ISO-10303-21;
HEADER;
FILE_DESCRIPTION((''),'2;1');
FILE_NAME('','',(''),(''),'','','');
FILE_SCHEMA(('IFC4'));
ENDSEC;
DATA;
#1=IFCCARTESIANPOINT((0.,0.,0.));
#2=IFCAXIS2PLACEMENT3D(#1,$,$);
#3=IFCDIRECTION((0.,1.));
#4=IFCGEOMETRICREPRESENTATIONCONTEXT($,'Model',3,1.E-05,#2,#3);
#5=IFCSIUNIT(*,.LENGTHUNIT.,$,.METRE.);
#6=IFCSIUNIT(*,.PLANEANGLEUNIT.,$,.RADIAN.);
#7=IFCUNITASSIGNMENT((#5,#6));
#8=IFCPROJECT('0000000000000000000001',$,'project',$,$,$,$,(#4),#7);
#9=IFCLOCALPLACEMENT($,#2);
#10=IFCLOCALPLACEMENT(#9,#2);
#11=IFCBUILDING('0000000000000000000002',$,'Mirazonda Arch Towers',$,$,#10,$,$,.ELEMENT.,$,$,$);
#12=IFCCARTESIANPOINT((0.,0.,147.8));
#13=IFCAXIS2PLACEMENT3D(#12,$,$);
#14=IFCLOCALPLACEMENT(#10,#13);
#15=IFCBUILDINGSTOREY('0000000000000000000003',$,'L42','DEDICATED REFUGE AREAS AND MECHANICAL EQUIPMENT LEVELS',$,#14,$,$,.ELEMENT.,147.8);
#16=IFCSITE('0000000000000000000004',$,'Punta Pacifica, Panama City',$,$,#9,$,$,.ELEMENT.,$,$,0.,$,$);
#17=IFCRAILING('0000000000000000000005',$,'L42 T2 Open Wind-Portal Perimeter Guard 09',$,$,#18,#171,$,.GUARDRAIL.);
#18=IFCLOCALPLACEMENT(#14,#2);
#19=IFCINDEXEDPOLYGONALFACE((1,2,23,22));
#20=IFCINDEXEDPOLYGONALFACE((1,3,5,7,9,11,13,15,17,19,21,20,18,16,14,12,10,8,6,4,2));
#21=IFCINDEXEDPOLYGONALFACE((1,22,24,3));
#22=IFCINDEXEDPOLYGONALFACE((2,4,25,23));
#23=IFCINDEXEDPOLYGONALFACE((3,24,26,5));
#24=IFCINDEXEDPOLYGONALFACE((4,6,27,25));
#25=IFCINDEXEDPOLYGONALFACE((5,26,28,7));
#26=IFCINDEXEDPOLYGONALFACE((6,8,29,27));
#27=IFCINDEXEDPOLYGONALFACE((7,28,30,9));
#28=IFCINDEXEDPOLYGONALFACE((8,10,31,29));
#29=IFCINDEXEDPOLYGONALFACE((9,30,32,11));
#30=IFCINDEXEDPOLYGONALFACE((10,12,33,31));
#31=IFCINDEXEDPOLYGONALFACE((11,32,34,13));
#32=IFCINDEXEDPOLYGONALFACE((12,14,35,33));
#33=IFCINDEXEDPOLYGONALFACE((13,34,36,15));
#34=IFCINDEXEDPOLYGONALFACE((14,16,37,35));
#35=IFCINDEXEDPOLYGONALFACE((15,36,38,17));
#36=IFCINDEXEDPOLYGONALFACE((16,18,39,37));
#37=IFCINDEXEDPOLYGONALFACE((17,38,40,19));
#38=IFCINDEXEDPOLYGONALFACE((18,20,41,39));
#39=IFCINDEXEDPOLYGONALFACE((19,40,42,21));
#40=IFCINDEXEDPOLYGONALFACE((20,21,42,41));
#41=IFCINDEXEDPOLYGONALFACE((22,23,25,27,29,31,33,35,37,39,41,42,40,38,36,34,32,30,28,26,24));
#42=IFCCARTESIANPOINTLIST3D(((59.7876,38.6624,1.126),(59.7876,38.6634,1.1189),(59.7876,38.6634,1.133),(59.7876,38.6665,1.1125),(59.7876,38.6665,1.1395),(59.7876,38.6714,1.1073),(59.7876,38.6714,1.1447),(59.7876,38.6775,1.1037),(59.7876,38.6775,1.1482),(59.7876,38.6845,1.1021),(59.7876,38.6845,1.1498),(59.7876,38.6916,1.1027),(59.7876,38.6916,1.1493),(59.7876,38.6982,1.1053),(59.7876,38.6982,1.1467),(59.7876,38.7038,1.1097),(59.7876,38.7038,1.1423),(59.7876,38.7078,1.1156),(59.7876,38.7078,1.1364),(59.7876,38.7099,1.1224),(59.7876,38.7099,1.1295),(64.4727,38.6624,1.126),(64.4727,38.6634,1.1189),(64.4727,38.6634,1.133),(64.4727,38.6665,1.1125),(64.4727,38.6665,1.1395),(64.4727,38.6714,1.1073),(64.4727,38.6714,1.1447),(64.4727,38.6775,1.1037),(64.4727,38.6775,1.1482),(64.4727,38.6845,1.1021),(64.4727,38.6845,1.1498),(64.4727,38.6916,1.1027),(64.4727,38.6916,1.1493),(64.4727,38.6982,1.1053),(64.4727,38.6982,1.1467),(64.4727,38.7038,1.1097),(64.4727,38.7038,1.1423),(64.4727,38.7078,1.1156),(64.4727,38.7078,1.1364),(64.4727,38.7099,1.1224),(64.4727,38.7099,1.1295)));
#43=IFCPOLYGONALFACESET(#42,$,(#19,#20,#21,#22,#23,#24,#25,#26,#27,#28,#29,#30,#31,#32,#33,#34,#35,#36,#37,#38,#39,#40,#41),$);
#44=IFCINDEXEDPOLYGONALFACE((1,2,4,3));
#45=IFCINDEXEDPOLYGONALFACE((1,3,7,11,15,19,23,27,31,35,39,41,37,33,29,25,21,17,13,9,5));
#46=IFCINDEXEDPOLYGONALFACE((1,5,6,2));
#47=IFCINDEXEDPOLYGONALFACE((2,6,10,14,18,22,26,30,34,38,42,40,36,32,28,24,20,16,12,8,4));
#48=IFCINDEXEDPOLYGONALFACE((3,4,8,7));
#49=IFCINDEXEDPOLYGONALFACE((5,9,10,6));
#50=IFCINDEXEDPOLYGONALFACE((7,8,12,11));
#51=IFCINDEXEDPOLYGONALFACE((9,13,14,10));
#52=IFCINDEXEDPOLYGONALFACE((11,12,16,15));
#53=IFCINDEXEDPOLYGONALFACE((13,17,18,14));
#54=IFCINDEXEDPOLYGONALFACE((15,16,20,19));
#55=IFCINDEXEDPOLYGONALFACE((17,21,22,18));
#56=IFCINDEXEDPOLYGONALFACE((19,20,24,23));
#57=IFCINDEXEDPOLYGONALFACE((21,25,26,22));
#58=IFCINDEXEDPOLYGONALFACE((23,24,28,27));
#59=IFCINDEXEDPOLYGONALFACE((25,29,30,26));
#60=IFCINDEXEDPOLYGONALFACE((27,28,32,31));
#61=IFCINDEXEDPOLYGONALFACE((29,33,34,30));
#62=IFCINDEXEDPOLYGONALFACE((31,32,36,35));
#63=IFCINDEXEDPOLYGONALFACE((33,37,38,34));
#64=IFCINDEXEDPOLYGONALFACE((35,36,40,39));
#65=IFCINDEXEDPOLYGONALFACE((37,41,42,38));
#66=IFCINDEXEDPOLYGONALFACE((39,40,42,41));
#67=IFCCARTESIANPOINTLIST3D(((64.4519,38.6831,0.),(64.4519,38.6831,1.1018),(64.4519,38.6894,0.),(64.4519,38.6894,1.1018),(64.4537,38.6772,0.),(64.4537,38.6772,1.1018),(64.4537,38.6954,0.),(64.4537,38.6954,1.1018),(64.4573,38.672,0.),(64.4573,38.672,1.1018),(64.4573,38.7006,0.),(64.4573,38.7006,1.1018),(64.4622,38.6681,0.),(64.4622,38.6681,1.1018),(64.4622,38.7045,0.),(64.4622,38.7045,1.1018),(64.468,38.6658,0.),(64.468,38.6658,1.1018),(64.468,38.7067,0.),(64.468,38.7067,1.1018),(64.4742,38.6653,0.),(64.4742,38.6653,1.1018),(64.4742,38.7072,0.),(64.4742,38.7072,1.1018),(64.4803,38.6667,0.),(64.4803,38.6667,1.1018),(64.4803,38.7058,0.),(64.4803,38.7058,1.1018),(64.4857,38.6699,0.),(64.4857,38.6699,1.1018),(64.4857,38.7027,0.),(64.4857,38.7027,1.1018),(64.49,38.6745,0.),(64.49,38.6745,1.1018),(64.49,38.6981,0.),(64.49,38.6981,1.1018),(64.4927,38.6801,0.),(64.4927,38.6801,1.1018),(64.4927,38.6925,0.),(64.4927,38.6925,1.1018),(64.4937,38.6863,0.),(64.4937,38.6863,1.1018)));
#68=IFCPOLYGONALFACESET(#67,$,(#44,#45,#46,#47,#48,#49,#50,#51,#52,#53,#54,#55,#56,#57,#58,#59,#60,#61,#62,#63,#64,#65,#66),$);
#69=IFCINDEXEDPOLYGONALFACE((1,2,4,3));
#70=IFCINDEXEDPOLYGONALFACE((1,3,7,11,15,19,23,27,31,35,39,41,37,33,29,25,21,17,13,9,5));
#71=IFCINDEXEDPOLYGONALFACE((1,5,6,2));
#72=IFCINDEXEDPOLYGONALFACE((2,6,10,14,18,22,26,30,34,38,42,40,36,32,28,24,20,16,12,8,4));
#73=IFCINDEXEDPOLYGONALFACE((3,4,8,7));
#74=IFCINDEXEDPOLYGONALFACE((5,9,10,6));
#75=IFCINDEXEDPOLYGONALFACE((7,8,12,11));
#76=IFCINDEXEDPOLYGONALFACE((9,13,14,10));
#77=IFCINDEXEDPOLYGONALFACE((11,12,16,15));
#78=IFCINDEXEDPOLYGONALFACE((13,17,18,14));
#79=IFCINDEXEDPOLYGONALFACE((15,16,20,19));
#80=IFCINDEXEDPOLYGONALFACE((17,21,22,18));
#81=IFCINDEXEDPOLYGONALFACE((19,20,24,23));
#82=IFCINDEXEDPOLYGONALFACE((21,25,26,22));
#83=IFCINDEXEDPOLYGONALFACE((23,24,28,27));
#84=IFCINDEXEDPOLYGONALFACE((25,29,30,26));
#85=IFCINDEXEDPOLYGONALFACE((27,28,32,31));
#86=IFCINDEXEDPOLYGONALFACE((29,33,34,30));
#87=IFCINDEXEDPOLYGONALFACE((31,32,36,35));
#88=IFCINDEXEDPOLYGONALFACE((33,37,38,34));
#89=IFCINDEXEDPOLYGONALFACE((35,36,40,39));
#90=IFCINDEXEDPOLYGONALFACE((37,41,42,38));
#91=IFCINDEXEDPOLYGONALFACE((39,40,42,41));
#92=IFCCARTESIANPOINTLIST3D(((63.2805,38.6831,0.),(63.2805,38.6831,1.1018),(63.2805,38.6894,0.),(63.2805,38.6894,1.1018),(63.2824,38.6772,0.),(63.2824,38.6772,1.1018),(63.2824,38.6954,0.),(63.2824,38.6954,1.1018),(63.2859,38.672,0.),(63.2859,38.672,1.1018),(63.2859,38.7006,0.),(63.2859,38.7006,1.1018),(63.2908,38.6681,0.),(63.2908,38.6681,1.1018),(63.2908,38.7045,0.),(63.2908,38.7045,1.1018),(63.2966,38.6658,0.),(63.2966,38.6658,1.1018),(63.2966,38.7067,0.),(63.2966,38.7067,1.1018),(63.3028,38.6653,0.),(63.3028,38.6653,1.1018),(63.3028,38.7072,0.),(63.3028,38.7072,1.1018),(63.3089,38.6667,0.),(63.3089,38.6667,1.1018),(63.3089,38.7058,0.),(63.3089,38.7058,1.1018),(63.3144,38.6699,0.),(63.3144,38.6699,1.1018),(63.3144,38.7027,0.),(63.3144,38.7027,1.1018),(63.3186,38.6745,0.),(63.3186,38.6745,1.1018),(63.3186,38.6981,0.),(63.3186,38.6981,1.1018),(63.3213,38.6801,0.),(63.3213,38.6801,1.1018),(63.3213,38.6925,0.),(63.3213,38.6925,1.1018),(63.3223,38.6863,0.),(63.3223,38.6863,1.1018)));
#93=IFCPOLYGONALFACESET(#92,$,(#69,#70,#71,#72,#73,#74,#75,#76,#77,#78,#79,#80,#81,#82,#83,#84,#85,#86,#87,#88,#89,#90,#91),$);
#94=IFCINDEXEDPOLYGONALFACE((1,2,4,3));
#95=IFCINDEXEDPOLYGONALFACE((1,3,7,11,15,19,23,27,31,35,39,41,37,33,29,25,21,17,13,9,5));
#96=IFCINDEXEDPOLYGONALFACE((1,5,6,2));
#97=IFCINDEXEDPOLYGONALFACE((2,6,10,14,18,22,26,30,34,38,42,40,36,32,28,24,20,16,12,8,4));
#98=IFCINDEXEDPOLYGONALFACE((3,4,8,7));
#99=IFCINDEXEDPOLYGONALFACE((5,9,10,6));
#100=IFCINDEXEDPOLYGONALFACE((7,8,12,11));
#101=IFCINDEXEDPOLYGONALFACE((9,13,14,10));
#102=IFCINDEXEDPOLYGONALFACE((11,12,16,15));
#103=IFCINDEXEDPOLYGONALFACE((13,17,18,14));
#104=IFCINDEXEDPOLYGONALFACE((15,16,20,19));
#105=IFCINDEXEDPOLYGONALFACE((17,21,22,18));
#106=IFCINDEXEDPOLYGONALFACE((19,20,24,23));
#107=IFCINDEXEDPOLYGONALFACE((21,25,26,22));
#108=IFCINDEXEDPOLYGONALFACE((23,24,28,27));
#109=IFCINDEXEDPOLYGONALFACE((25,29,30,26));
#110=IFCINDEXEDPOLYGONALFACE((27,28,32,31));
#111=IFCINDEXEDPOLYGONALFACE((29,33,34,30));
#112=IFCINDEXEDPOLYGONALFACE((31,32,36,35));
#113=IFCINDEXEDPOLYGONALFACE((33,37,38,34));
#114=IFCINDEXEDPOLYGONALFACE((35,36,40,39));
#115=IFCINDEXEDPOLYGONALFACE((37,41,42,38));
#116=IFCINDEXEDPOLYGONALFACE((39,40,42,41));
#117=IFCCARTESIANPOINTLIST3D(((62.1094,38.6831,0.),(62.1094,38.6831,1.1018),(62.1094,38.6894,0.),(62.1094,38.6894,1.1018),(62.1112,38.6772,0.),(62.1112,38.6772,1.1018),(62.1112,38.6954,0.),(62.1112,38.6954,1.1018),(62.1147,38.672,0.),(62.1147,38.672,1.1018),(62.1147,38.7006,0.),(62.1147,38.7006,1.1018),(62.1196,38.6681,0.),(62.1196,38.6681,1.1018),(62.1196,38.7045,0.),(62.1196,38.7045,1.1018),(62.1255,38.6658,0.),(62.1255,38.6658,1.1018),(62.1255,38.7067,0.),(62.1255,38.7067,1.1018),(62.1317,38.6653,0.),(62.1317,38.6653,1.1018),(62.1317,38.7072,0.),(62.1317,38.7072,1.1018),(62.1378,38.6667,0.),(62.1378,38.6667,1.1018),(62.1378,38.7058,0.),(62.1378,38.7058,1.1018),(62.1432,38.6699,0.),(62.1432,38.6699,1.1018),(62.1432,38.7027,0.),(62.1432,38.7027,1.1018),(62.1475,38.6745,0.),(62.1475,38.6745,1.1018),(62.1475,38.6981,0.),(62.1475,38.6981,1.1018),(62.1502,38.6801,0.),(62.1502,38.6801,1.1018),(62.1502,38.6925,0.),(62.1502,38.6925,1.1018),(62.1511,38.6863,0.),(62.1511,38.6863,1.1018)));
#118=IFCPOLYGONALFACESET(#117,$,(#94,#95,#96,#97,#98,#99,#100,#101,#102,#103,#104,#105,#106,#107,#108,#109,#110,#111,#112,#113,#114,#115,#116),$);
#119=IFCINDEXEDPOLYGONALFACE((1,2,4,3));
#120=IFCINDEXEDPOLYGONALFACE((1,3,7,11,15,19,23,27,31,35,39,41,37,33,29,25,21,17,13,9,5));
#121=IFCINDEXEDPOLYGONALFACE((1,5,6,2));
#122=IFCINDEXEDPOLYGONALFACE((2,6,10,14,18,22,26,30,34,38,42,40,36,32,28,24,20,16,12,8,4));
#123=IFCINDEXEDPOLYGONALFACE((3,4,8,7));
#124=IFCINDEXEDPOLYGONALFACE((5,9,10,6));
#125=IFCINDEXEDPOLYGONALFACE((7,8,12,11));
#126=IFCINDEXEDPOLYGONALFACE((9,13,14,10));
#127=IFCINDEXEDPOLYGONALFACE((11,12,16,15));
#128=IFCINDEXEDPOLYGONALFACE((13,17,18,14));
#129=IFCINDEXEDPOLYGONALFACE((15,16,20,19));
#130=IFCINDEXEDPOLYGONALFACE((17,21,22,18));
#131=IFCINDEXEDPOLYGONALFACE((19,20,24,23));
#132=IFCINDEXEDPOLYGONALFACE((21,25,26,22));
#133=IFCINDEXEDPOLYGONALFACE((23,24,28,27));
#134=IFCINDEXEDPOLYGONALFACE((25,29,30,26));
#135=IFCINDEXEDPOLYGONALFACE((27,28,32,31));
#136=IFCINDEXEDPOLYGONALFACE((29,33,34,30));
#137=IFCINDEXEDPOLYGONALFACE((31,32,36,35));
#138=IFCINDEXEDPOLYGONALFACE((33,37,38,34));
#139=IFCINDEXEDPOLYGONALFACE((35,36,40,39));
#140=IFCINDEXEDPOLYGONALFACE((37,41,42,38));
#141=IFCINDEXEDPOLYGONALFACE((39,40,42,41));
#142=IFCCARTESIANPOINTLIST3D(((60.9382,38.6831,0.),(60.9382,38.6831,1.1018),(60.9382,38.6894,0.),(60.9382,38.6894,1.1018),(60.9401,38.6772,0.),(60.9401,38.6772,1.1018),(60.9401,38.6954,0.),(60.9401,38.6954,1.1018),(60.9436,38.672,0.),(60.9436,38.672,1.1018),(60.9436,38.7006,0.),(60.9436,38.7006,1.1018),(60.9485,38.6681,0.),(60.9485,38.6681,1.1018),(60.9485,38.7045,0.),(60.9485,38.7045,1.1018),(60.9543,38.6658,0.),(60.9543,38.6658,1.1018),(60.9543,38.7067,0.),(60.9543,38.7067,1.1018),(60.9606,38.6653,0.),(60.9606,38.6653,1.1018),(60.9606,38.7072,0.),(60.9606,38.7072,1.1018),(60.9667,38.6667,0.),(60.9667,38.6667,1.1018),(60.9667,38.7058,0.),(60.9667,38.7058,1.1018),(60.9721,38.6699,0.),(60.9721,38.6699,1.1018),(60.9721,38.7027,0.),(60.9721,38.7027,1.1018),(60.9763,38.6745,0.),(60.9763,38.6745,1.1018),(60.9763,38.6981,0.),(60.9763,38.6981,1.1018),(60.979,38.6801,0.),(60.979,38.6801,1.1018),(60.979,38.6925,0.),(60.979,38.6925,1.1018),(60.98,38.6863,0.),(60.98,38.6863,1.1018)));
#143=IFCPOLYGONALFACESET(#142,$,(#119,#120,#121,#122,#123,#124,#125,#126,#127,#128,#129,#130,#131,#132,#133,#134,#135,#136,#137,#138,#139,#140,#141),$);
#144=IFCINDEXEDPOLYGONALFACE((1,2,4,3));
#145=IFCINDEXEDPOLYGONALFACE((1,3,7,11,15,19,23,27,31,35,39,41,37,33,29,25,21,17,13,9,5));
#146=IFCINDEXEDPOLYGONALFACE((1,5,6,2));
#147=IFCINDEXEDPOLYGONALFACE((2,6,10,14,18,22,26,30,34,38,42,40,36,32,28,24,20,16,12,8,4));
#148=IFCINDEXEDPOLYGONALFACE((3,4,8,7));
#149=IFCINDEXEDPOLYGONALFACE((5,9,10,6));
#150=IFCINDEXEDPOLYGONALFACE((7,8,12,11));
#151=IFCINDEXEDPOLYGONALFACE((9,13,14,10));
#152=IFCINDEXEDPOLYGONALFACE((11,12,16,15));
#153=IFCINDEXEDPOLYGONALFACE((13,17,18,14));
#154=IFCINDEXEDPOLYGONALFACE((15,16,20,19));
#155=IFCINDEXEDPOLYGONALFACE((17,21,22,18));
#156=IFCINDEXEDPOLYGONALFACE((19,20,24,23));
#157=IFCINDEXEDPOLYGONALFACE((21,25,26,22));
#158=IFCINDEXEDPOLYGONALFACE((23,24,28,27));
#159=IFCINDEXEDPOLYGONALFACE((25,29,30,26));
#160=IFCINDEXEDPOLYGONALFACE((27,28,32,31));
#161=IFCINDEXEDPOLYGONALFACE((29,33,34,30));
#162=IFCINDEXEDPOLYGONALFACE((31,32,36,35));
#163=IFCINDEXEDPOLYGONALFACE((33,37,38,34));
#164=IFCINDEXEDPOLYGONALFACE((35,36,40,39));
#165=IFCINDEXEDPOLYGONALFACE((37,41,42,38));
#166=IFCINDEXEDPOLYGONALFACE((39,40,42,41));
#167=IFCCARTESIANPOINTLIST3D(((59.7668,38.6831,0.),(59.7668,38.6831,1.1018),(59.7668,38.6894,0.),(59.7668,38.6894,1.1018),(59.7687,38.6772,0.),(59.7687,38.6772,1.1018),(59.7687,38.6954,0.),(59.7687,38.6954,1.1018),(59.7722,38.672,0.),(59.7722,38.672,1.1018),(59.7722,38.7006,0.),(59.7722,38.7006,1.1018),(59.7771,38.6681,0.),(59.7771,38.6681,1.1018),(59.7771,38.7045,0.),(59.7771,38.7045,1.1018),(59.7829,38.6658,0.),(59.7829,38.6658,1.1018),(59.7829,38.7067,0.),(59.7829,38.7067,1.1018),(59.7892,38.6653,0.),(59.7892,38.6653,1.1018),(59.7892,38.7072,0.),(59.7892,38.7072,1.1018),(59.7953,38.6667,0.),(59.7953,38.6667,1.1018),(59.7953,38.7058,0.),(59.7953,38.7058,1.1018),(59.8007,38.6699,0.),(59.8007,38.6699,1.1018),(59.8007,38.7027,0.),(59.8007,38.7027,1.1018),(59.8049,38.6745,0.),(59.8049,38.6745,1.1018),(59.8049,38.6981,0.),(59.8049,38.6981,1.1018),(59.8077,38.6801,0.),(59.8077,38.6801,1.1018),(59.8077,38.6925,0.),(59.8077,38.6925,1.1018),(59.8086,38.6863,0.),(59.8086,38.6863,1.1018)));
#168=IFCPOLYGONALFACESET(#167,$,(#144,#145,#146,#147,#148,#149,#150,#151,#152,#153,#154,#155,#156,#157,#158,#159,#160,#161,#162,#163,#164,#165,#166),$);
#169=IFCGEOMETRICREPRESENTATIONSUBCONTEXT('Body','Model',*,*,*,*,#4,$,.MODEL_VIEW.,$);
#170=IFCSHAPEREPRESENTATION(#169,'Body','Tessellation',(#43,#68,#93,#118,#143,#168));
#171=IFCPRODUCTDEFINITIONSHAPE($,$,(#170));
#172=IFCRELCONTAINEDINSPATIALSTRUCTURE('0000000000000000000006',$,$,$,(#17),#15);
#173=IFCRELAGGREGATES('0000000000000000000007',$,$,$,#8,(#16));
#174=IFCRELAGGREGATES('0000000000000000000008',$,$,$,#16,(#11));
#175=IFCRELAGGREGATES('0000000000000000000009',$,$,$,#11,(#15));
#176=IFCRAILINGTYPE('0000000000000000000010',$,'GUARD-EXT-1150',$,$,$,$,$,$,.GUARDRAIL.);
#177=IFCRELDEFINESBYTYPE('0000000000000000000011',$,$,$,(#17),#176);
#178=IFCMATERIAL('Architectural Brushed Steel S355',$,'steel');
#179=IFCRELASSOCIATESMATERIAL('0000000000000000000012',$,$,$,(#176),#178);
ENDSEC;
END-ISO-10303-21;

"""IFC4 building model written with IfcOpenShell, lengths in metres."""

from ifc_helpers import new_model, si_unit, direction, frame, origin, origin_2d, place, context, subcontext, project, spatial, circle, extrude, material, type_object, element, save


model = new_model("IFC4")

# Units and contexts
model_context = context("Model", 3, precision=1e-05, world=origin(), true_north=direction((0.0, 1.0)))
body_context = subcontext(model_context, "Body", "Model", "MODEL_VIEW")
ifc_project = project(units=[si_unit("LENGTHUNIT", "METRE"), si_unit("PLANEANGLEUNIT", "RADIAN")], contexts=[model_context])

# Site, building, storey
site_placement = place(None, origin())
site = spatial("IfcSite", under=ifc_project, at=site_placement, Name="Punta Pacifica, Panama City", CompositionType="ELEMENT", RefElevation=0.0)
building_placement = place(site_placement, origin())
building = spatial("IfcBuilding", under=site, at=building_placement, Name="Mirazonda Arch Towers", CompositionType="ELEMENT")
storey_placement = place(building_placement, frame((0.0, 0.0, 147.8)))
storey = spatial("IfcBuildingStorey", under=building, at=storey_placement, Name="L42", Description="DEDICATED REFUGE AREAS AND MECHANICAL EQUIPMENT LEVELS", CompositionType="ELEMENT", Elevation=147.8)

# Railing
ifc_material_1 = material(Name="Architectural Brushed Steel S355", Category="steel")
railing_type_1 = type_object("IfcRailingType", Name="GUARD-EXT-1150", PredefinedType="GUARDRAIL", material=ifc_material_1)
railing_1_placement = place(storey_placement, frame((64.4727, 38.6863, 0.0)))
element("IfcRailing", 1, at=railing_1_placement, inside=storey, type_object=railing_type_1, Name="L42 T2 Open Wind-Portal Perimeter Guard 09", PredefinedType="GUARDRAIL", context=body_context, shape_type="SweptSolid", body=[
    extrude(circle(Radius=0.0239, at=origin_2d()), frame((0.0, 0.0, 1.126), z_axis=(-1.0, 0.0, 0.0), x_axis=(0.0, -1.0, 0.0)), (0.0, 0.0, 1.0), 4.6851),
    extrude(circle(Radius=0.021, at=origin_2d()), origin(), (0.0, 0.0, 1.0), 1.1018),
    extrude(circle(Radius=0.021, at=origin_2d()), frame((-1.1714, 0.0, 0.0)), (0.0, 0.0, 1.0), 1.1018),
    extrude(circle(Radius=0.021, at=origin_2d()), frame((-2.3425, 0.0, 0.0)), (0.0, 0.0, 1.0), 1.1018),
    extrude(circle(Radius=0.021, at=origin_2d()), frame((-3.5137, 0.0, 0.0)), (0.0, 0.0, 1.0), 1.1018),
    extrude(circle(Radius=0.021, at=origin_2d()), frame((-4.6851, 0.0, 0.0)), (0.0, 0.0, 1.0), 1.1018),
])

save(model, "model.ifc")
